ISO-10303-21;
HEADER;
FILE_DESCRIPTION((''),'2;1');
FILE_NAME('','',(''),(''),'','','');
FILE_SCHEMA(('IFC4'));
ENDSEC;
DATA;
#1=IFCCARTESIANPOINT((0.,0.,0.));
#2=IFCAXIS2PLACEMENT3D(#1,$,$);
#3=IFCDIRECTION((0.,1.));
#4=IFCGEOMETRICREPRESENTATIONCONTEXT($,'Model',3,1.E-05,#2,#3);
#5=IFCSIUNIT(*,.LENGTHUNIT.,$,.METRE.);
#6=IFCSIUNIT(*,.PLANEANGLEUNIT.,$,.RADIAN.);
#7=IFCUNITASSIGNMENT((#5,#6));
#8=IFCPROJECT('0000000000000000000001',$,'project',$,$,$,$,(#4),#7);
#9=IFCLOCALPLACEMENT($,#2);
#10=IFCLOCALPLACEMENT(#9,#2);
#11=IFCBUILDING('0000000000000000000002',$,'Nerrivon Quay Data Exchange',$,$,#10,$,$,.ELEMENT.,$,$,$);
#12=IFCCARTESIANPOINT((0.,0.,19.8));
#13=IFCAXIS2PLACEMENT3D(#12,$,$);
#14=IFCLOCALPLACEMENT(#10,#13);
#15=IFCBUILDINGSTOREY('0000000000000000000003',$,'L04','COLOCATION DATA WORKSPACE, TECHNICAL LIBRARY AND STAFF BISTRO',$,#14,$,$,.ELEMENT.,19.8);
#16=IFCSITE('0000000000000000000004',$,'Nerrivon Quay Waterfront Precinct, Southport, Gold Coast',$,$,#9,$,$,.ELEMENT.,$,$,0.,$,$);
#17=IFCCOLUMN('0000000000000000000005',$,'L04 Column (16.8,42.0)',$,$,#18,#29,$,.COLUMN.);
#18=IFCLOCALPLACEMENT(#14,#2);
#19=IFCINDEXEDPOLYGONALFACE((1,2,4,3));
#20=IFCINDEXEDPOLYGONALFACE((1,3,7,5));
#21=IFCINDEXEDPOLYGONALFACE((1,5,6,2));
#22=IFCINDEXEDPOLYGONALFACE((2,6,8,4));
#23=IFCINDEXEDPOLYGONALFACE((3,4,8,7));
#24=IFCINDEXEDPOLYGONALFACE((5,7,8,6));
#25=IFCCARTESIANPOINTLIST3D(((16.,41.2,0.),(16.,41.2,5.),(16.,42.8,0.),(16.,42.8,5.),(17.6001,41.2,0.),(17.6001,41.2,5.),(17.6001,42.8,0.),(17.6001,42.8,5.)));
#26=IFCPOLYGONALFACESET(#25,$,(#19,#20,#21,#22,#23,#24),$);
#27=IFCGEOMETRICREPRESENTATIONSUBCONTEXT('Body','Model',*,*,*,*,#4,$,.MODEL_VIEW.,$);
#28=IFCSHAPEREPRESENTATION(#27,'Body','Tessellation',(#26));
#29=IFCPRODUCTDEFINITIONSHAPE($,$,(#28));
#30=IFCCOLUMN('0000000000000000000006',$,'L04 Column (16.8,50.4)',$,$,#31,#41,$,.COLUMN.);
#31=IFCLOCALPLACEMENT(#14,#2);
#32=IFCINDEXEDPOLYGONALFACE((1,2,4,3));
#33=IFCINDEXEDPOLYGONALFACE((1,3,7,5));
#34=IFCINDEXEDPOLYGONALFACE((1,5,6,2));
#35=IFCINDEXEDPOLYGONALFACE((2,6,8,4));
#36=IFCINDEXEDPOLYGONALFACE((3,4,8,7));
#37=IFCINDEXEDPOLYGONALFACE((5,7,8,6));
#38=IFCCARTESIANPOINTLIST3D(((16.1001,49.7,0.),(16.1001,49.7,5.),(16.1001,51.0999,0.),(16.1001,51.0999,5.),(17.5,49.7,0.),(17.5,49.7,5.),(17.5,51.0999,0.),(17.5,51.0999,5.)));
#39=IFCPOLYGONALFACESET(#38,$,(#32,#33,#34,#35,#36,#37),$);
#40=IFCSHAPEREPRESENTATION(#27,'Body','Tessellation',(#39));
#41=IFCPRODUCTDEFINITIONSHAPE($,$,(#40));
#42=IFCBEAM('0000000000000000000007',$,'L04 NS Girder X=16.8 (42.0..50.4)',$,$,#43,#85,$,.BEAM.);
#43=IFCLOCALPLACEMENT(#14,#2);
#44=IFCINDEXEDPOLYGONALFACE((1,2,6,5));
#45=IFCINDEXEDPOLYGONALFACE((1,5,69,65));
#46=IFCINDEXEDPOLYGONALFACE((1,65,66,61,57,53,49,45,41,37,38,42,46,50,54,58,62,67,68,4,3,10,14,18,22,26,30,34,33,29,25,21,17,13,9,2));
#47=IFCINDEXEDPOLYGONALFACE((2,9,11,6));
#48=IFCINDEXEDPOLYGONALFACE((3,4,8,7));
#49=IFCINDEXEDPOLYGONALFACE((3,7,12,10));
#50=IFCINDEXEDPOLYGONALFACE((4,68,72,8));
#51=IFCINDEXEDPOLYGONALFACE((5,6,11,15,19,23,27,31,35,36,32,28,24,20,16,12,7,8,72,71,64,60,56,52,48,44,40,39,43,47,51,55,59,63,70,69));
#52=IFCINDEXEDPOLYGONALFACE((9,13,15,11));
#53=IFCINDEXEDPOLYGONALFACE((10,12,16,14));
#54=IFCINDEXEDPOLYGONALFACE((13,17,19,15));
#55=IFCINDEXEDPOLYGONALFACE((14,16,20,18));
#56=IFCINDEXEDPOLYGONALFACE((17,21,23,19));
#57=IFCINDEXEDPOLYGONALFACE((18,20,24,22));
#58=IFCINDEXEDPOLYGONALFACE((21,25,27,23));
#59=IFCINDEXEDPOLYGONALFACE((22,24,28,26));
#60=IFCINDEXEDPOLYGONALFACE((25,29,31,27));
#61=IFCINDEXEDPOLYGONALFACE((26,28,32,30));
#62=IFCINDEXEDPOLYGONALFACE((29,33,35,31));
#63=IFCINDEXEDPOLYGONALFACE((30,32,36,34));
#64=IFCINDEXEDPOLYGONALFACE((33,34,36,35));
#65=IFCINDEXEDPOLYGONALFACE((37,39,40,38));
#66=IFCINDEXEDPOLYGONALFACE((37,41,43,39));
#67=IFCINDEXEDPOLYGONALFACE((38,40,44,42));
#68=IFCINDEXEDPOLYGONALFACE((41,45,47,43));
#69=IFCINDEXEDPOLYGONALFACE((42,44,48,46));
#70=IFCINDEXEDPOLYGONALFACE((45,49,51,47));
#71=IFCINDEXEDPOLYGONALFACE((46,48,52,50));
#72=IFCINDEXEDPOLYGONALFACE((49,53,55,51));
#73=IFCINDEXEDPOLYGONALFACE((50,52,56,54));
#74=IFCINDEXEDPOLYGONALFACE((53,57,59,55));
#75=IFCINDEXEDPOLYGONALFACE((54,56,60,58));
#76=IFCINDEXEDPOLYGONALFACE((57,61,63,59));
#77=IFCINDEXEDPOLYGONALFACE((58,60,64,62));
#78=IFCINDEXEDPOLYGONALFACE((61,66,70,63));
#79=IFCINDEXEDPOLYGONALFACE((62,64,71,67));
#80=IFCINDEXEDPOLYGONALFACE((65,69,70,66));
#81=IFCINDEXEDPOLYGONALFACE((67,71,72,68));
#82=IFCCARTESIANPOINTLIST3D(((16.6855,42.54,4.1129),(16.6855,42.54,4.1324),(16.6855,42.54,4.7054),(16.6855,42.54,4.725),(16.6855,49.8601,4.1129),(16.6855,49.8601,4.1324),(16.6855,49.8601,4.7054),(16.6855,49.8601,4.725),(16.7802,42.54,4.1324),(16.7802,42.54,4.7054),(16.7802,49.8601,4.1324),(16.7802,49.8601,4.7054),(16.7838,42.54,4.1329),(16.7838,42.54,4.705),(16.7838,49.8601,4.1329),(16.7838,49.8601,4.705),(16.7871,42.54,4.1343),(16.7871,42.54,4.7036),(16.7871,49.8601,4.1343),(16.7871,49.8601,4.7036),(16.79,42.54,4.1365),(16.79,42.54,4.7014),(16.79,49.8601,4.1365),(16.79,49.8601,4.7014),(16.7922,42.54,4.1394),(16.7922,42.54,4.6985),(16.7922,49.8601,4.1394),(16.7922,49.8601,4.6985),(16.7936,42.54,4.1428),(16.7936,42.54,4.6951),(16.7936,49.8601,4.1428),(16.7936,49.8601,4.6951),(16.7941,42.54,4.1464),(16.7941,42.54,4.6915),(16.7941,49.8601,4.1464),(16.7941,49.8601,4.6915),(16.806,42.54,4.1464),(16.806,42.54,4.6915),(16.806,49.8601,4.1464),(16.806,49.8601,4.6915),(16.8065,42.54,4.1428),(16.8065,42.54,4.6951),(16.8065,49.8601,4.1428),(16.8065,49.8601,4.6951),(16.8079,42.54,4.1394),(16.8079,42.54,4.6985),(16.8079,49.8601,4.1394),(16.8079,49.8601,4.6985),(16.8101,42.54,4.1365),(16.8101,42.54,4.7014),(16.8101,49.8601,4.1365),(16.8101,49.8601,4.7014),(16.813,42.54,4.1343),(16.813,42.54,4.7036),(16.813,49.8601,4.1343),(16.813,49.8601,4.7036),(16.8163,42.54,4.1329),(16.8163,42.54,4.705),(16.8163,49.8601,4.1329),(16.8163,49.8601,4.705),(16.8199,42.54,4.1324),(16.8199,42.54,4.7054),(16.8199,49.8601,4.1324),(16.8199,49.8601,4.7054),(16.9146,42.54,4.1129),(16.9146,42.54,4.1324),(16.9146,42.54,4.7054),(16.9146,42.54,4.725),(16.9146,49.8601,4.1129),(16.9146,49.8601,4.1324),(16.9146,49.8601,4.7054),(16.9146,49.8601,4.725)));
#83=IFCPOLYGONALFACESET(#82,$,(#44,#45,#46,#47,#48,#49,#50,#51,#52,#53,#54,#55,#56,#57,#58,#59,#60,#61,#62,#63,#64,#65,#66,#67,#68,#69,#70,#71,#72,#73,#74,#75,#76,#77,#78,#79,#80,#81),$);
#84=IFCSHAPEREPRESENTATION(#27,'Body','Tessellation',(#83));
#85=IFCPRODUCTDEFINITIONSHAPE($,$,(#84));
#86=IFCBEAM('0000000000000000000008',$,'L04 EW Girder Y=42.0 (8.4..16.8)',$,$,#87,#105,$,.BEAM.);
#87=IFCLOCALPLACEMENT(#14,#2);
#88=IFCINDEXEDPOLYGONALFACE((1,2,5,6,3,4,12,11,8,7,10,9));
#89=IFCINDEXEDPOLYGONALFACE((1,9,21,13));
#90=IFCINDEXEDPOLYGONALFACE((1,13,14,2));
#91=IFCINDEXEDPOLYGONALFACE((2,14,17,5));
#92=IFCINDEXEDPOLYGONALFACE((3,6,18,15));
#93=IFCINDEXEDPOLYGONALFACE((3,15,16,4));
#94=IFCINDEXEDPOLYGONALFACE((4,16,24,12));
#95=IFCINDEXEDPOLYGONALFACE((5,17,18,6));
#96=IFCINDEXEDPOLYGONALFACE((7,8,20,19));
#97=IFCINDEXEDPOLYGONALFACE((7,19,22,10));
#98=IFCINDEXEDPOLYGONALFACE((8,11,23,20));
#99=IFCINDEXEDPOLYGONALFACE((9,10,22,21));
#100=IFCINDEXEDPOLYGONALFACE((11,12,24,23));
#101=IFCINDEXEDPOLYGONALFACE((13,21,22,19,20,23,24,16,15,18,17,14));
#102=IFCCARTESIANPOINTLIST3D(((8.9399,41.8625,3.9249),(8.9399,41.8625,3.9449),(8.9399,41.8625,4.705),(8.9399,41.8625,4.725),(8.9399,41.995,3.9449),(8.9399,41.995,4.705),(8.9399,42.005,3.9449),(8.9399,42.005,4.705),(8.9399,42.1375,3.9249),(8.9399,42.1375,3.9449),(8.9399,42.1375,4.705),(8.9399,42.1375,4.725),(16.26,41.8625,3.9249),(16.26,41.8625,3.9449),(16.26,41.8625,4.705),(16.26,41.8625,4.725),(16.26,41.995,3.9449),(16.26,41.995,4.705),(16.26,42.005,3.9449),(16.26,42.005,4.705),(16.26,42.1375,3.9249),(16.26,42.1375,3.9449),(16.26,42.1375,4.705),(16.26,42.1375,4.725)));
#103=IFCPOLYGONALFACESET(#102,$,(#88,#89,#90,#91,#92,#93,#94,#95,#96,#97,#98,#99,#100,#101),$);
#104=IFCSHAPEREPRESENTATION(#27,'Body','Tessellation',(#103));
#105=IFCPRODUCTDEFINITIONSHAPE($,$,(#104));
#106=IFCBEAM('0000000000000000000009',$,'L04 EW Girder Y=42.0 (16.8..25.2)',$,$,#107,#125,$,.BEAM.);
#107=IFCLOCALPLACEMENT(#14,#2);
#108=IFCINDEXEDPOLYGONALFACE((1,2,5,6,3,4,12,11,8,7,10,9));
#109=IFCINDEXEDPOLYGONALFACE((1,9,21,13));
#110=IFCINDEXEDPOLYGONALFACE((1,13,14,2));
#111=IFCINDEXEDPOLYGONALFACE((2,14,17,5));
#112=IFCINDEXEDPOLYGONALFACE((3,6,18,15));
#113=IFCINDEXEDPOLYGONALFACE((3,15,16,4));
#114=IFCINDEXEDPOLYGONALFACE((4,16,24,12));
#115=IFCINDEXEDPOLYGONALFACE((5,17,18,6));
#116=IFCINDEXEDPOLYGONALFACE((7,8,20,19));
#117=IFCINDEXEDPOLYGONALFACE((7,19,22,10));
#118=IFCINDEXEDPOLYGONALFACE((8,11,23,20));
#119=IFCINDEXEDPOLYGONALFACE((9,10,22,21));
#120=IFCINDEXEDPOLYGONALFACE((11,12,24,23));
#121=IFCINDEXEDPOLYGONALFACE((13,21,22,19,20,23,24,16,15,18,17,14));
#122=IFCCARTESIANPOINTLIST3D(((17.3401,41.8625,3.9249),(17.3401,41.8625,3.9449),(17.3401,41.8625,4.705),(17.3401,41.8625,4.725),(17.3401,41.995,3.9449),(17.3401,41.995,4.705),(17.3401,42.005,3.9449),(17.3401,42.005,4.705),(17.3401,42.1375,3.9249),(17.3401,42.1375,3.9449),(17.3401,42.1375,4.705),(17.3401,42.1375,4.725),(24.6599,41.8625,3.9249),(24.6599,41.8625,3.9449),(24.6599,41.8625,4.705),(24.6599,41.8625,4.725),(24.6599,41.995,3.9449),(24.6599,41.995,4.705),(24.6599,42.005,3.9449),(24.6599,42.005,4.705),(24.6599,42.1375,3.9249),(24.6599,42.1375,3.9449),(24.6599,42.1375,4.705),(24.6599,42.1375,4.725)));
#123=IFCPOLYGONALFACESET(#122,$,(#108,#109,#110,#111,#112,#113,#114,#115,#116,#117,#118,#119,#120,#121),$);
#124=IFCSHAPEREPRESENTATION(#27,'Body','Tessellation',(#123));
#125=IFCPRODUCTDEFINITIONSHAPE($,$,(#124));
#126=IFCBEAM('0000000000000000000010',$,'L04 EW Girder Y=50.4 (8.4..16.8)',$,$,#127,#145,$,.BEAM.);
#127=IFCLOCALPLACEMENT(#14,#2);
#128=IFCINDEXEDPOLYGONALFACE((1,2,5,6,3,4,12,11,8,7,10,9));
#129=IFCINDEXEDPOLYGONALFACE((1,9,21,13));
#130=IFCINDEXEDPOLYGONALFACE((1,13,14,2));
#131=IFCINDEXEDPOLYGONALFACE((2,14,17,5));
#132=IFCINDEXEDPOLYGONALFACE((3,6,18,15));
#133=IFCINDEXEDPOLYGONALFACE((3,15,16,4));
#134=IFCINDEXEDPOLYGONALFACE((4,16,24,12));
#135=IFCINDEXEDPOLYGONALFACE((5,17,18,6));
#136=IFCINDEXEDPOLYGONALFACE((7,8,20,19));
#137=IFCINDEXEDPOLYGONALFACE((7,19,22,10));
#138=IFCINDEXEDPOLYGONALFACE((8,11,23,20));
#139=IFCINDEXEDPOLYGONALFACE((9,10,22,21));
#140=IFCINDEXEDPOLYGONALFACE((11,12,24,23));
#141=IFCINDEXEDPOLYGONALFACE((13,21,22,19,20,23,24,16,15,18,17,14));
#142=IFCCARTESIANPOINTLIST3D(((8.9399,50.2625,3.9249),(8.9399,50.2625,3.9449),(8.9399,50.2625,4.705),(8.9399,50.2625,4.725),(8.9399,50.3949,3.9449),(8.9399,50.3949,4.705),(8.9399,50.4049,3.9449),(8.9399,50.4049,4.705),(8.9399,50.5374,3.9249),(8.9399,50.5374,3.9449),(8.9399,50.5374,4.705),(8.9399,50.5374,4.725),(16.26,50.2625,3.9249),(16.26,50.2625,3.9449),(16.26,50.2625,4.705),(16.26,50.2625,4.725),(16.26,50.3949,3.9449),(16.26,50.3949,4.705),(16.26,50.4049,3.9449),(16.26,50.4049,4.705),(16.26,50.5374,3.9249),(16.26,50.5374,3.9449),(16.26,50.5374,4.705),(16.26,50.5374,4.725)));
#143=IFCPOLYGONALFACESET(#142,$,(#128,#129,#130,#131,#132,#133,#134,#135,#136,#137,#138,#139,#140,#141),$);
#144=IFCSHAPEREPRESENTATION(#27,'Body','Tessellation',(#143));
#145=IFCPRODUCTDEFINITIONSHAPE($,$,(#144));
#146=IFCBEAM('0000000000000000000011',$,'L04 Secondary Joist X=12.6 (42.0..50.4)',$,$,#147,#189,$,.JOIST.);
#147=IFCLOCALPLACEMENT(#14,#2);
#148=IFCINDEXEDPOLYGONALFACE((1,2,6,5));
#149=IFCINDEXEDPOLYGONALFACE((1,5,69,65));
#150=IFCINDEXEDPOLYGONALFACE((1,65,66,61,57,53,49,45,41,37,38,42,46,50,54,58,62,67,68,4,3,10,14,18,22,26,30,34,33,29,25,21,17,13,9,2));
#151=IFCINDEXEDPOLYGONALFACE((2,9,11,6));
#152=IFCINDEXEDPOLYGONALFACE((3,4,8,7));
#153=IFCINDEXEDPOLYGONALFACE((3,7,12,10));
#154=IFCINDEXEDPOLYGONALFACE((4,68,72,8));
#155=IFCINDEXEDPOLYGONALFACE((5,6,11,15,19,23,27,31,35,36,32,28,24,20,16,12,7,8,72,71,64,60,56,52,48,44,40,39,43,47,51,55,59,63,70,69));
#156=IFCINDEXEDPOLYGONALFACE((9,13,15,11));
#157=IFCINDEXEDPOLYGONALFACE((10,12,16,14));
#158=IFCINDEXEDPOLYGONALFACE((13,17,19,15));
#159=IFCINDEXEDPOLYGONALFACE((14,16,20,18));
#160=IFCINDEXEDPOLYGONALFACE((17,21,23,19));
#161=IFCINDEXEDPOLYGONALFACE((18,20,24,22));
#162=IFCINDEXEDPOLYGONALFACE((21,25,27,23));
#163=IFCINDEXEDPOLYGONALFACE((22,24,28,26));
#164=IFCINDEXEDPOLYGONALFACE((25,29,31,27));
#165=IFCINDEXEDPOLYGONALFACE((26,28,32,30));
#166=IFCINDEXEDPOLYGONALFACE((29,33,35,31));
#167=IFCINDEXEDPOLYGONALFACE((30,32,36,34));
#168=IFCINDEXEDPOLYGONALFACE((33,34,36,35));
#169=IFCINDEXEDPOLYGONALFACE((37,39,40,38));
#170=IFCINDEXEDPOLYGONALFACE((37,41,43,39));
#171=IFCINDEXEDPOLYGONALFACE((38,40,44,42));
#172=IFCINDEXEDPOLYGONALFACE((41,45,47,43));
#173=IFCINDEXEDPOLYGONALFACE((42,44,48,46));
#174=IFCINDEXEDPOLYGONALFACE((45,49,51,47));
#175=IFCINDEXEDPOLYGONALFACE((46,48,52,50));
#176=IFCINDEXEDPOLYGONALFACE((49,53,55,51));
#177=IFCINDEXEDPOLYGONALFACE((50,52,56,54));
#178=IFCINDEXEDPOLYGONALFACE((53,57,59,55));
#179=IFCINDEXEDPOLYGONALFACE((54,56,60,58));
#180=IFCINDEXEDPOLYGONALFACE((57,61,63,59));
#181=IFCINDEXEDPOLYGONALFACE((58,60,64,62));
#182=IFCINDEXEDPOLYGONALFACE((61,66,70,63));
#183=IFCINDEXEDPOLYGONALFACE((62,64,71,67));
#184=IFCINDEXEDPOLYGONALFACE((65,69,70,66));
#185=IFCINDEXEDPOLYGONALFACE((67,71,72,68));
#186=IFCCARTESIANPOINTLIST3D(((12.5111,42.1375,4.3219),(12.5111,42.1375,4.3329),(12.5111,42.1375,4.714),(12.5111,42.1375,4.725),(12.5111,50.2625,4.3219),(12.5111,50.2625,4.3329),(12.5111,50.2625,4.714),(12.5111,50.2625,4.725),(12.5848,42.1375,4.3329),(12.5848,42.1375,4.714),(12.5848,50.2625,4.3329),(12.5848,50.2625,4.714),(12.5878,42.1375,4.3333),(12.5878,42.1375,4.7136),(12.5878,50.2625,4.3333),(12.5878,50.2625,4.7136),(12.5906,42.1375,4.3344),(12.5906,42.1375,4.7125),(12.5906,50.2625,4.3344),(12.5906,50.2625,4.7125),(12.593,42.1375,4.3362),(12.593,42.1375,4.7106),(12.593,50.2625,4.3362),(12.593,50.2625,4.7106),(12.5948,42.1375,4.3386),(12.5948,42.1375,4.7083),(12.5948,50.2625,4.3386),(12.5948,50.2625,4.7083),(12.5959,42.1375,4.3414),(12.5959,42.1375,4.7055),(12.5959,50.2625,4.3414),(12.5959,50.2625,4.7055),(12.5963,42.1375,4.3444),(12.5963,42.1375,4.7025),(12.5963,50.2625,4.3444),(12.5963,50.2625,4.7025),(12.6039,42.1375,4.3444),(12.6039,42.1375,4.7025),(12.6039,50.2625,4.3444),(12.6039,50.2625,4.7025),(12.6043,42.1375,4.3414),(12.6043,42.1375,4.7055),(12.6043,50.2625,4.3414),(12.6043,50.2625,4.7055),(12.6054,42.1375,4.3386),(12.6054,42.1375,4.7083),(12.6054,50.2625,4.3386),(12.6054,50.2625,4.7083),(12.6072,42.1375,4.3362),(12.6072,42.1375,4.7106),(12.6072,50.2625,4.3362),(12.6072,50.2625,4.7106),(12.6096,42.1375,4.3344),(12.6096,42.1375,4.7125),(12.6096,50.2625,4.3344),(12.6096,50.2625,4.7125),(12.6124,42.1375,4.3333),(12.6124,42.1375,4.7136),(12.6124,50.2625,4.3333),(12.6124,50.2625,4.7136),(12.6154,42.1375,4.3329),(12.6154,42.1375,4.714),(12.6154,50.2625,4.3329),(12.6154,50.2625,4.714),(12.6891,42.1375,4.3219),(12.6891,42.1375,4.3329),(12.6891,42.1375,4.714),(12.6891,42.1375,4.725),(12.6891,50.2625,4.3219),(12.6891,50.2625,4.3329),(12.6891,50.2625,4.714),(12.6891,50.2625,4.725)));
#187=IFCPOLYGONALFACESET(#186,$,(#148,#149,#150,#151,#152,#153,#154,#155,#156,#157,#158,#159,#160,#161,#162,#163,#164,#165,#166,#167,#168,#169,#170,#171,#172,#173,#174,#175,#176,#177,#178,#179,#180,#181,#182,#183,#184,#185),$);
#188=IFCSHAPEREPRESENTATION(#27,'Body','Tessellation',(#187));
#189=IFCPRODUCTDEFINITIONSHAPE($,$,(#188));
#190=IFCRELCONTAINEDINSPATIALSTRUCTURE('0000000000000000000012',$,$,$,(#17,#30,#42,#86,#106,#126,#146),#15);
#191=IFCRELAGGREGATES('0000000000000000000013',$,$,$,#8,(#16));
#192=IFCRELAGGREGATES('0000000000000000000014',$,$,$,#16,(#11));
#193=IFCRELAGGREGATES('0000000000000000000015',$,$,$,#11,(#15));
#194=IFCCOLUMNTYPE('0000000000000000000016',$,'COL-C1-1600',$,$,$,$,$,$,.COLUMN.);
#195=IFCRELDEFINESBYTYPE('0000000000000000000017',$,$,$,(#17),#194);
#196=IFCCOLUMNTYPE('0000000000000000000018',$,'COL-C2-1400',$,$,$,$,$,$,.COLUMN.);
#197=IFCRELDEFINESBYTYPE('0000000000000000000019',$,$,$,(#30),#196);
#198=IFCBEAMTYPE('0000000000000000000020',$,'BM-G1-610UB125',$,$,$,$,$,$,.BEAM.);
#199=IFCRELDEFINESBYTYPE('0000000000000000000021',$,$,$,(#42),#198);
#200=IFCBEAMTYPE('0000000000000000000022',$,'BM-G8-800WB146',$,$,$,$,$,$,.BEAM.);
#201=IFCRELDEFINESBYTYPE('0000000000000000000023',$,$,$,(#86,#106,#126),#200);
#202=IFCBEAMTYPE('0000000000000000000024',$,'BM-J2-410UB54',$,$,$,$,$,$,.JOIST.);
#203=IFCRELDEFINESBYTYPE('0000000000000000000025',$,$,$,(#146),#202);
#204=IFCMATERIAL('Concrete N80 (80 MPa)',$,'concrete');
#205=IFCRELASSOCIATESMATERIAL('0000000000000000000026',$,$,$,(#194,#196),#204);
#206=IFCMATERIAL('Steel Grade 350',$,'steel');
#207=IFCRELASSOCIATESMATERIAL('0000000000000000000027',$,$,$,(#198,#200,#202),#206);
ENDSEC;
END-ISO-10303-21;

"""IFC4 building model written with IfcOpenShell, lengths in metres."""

from ifc_helpers import new_model, si_unit, direction, frame, origin, origin_2d, place, context, subcontext, project, spatial, rectangle, i_section, extrude, material, material_profile, profile_set, type_object, element, save


model = new_model("IFC4")

# Units and contexts
model_context = context("Model", 3, precision=1e-05, world=origin(), true_north=direction((0.0, 1.0)))
body_context = subcontext(model_context, "Body", "Model", "MODEL_VIEW")
ifc_project = project(units=[si_unit("LENGTHUNIT", "METRE"), si_unit("PLANEANGLEUNIT", "RADIAN")], contexts=[model_context])

# Site, building, storey
site_placement = place(None, origin())
site = spatial("IfcSite", under=ifc_project, at=site_placement, Name="Nerrivon Quay Waterfront Precinct, Southport, Gold Coast", CompositionType="ELEMENT", RefElevation=0.0)
building_placement = place(site_placement, origin())
building = spatial("IfcBuilding", under=site, at=building_placement, Name="Nerrivon Quay Data Exchange", CompositionType="ELEMENT")
storey_placement = place(building_placement, frame((0.0, 0.0, 19.8)))
storey = spatial("IfcBuildingStorey", under=building, at=storey_placement, Name="L04", Description="COLOCATION DATA WORKSPACE, TECHNICAL LIBRARY AND STAFF BISTRO", CompositionType="ELEMENT", Elevation=19.8)

# Columns
ifc_material_1 = material(Name="Concrete N80 (80 MPa)", Category="concrete")
ifc_material_profile_1 = material_profile(ifc_material_1, rectangle(XDim=1.6001, YDim=1.6001, at=origin_2d()), Name="RC-COL-1600x1600")
ifc_profile_set_1 = profile_set([ifc_material_profile_1], Name="Concrete N80 (80 MPa)")
column_type_1 = type_object("IfcColumnType", Name="COL-C1-1600", PredefinedType="COLUMN", material=ifc_profile_set_1)
column_1_placement = place(storey_placement, frame((16.8, 42.0, 0.0), z_axis=(0.0, 0.0, 1.0), x_axis=(1.0, 0.0, 0.0)))
element("IfcColumn", 1, at=column_1_placement, inside=storey, type_object=column_type_1, Name="L04 Column (16.8,42.0)", PredefinedType="COLUMN", context=body_context, shape_type="SweptSolid", body=[
    extrude(rectangle(XDim=1.6001, YDim=1.6001, at=origin_2d()), origin(), (0.0, 0.0, 1.0), 5.0),
])
ifc_material_profile_2 = material_profile(ifc_material_1, rectangle(XDim=1.3999, YDim=1.3999, at=origin_2d()), Name="RC-COL-1400x1400")
ifc_profile_set_2 = profile_set([ifc_material_profile_2], Name="Concrete N80 (80 MPa)")
column_type_2 = type_object("IfcColumnType", Name="COL-C2-1400", PredefinedType="COLUMN", material=ifc_profile_set_2)
column_2_placement = place(storey_placement, frame((16.8, 50.3999, 0.0), z_axis=(0.0, 0.0, 1.0), x_axis=(1.0, 0.0, 0.0)))
element("IfcColumn", 2, at=column_2_placement, inside=storey, type_object=column_type_2, Name="L04 Column (16.8,50.4)", PredefinedType="COLUMN", context=body_context, shape_type="SweptSolid", body=[
    extrude(rectangle(XDim=1.3999, YDim=1.3999, at=origin_2d()), origin(), (0.0, 0.0, 1.0), 5.0),
])

# Beams
ifc_material_2 = material(Name="Steel Grade 350", Category="steel")
ifc_material_profile_3 = material_profile(ifc_material_2, i_section(OverallWidth=0.229, OverallDepth=0.6121, WebThickness=0.012, FlangeThickness=0.0195, FilletRadius=0.0139, at=origin_2d()), Name="610UB125")
ifc_profile_set_3 = profile_set([ifc_material_profile_3], Name="Steel Grade 350")
beam_type_1 = type_object("IfcBeamType", Name="BM-G1-610UB125", PredefinedType="BEAM", material=ifc_profile_set_3)
beam_1_placement = place(storey_placement, frame((16.8, 42.54, 4.4189), z_axis=(0.0, 1.0, 0.0), x_axis=(-1.0, 0.0, 0.0)))
element("IfcBeam", 3, at=beam_1_placement, inside=storey, type_object=beam_type_1, Name="L04 NS Girder X=16.8 (42.0..50.4)", PredefinedType="BEAM", context=body_context, shape_type="SweptSolid", body=[
    extrude(i_section(OverallWidth=0.229, OverallDepth=0.6121, WebThickness=0.012, FlangeThickness=0.0195, FilletRadius=0.0139, at=origin_2d()), origin(), (0.0, 0.0, 1.0), 7.3201),
])
ifc_material_profile_4 = material_profile(ifc_material_2, i_section(OverallWidth=0.2749, OverallDepth=0.8, WebThickness=0.01, FlangeThickness=0.02, at=origin_2d()), Name="800WB146")
ifc_profile_set_4 = profile_set([ifc_material_profile_4], Name="Steel Grade 350")
beam_type_2 = type_object("IfcBeamType", Name="BM-G8-800WB146", PredefinedType="BEAM", material=ifc_profile_set_4)
beam_2_placement = place(storey_placement, frame((8.9399, 42.0, 4.325), z_axis=(1.0, 0.0, 0.0), x_axis=(0.0, 1.0, 0.0)))
element("IfcBeam", 4, at=beam_2_placement, inside=storey, type_object=beam_type_2, Name="L04 EW Girder Y=42.0 (8.4..16.8)", PredefinedType="BEAM", context=body_context, shape_type="SweptSolid", body=[
    extrude(i_section(OverallWidth=0.2749, OverallDepth=0.8, WebThickness=0.01, FlangeThickness=0.02, at=origin_2d()), origin(), (0.0, 0.0, 1.0), 7.3201),
])
beam_3_placement = place(storey_placement, frame((17.3401, 42.0, 4.325), z_axis=(1.0, 0.0, 0.0), x_axis=(0.0, 1.0, 0.0)))
element("IfcBeam", 5, at=beam_3_placement, inside=storey, type_object=beam_type_2, Name="L04 EW Girder Y=42.0 (16.8..25.2)", PredefinedType="BEAM", context=body_context, shape_type="SweptSolid", body=[
    extrude(i_section(OverallWidth=0.2749, OverallDepth=0.8, WebThickness=0.01, FlangeThickness=0.02, at=origin_2d()), origin(), (0.0, 0.0, 1.0), 7.3198),
])
beam_4_placement = place(storey_placement, frame((8.9399, 50.3999, 4.325), z_axis=(1.0, 0.0, 0.0), x_axis=(0.0, 1.0, 0.0)))
element("IfcBeam", 6, at=beam_4_placement, inside=storey, type_object=beam_type_2, Name="L04 EW Girder Y=50.4 (8.4..16.8)", PredefinedType="BEAM", context=body_context, shape_type="SweptSolid", body=[
    extrude(i_section(OverallWidth=0.2749, OverallDepth=0.8, WebThickness=0.01, FlangeThickness=0.02, at=origin_2d()), origin(), (0.0, 0.0, 1.0), 7.3201),
])
ifc_material_profile_5 = material_profile(ifc_material_2, i_section(OverallWidth=0.178, OverallDepth=0.4031, WebThickness=0.0076, FlangeThickness=0.011, FilletRadius=0.0115, at=origin_2d()), Name="410UB53.7")
ifc_profile_set_5 = profile_set([ifc_material_profile_5], Name="Steel Grade 350")
beam_type_3 = type_object("IfcBeamType", Name="BM-J2-410UB54", PredefinedType="JOIST", material=ifc_profile_set_5)
beam_5_placement = place(storey_placement, frame((12.6001, 42.1375, 4.5234), z_axis=(0.0, 1.0, 0.0), x_axis=(-1.0, 0.0, 0.0)))
element("IfcBeam", 7, at=beam_5_placement, inside=storey, type_object=beam_type_3, Name="L04 Secondary Joist X=12.6 (42.0..50.4)", PredefinedType="JOIST", context=body_context, shape_type="SweptSolid", body=[
    extrude(i_section(OverallWidth=0.178, OverallDepth=0.4031, WebThickness=0.0076, FlangeThickness=0.011, FilletRadius=0.0115, at=origin_2d()), origin(), (0.0, 0.0, 1.0), 8.125),
])

save(model, "model.ifc")
